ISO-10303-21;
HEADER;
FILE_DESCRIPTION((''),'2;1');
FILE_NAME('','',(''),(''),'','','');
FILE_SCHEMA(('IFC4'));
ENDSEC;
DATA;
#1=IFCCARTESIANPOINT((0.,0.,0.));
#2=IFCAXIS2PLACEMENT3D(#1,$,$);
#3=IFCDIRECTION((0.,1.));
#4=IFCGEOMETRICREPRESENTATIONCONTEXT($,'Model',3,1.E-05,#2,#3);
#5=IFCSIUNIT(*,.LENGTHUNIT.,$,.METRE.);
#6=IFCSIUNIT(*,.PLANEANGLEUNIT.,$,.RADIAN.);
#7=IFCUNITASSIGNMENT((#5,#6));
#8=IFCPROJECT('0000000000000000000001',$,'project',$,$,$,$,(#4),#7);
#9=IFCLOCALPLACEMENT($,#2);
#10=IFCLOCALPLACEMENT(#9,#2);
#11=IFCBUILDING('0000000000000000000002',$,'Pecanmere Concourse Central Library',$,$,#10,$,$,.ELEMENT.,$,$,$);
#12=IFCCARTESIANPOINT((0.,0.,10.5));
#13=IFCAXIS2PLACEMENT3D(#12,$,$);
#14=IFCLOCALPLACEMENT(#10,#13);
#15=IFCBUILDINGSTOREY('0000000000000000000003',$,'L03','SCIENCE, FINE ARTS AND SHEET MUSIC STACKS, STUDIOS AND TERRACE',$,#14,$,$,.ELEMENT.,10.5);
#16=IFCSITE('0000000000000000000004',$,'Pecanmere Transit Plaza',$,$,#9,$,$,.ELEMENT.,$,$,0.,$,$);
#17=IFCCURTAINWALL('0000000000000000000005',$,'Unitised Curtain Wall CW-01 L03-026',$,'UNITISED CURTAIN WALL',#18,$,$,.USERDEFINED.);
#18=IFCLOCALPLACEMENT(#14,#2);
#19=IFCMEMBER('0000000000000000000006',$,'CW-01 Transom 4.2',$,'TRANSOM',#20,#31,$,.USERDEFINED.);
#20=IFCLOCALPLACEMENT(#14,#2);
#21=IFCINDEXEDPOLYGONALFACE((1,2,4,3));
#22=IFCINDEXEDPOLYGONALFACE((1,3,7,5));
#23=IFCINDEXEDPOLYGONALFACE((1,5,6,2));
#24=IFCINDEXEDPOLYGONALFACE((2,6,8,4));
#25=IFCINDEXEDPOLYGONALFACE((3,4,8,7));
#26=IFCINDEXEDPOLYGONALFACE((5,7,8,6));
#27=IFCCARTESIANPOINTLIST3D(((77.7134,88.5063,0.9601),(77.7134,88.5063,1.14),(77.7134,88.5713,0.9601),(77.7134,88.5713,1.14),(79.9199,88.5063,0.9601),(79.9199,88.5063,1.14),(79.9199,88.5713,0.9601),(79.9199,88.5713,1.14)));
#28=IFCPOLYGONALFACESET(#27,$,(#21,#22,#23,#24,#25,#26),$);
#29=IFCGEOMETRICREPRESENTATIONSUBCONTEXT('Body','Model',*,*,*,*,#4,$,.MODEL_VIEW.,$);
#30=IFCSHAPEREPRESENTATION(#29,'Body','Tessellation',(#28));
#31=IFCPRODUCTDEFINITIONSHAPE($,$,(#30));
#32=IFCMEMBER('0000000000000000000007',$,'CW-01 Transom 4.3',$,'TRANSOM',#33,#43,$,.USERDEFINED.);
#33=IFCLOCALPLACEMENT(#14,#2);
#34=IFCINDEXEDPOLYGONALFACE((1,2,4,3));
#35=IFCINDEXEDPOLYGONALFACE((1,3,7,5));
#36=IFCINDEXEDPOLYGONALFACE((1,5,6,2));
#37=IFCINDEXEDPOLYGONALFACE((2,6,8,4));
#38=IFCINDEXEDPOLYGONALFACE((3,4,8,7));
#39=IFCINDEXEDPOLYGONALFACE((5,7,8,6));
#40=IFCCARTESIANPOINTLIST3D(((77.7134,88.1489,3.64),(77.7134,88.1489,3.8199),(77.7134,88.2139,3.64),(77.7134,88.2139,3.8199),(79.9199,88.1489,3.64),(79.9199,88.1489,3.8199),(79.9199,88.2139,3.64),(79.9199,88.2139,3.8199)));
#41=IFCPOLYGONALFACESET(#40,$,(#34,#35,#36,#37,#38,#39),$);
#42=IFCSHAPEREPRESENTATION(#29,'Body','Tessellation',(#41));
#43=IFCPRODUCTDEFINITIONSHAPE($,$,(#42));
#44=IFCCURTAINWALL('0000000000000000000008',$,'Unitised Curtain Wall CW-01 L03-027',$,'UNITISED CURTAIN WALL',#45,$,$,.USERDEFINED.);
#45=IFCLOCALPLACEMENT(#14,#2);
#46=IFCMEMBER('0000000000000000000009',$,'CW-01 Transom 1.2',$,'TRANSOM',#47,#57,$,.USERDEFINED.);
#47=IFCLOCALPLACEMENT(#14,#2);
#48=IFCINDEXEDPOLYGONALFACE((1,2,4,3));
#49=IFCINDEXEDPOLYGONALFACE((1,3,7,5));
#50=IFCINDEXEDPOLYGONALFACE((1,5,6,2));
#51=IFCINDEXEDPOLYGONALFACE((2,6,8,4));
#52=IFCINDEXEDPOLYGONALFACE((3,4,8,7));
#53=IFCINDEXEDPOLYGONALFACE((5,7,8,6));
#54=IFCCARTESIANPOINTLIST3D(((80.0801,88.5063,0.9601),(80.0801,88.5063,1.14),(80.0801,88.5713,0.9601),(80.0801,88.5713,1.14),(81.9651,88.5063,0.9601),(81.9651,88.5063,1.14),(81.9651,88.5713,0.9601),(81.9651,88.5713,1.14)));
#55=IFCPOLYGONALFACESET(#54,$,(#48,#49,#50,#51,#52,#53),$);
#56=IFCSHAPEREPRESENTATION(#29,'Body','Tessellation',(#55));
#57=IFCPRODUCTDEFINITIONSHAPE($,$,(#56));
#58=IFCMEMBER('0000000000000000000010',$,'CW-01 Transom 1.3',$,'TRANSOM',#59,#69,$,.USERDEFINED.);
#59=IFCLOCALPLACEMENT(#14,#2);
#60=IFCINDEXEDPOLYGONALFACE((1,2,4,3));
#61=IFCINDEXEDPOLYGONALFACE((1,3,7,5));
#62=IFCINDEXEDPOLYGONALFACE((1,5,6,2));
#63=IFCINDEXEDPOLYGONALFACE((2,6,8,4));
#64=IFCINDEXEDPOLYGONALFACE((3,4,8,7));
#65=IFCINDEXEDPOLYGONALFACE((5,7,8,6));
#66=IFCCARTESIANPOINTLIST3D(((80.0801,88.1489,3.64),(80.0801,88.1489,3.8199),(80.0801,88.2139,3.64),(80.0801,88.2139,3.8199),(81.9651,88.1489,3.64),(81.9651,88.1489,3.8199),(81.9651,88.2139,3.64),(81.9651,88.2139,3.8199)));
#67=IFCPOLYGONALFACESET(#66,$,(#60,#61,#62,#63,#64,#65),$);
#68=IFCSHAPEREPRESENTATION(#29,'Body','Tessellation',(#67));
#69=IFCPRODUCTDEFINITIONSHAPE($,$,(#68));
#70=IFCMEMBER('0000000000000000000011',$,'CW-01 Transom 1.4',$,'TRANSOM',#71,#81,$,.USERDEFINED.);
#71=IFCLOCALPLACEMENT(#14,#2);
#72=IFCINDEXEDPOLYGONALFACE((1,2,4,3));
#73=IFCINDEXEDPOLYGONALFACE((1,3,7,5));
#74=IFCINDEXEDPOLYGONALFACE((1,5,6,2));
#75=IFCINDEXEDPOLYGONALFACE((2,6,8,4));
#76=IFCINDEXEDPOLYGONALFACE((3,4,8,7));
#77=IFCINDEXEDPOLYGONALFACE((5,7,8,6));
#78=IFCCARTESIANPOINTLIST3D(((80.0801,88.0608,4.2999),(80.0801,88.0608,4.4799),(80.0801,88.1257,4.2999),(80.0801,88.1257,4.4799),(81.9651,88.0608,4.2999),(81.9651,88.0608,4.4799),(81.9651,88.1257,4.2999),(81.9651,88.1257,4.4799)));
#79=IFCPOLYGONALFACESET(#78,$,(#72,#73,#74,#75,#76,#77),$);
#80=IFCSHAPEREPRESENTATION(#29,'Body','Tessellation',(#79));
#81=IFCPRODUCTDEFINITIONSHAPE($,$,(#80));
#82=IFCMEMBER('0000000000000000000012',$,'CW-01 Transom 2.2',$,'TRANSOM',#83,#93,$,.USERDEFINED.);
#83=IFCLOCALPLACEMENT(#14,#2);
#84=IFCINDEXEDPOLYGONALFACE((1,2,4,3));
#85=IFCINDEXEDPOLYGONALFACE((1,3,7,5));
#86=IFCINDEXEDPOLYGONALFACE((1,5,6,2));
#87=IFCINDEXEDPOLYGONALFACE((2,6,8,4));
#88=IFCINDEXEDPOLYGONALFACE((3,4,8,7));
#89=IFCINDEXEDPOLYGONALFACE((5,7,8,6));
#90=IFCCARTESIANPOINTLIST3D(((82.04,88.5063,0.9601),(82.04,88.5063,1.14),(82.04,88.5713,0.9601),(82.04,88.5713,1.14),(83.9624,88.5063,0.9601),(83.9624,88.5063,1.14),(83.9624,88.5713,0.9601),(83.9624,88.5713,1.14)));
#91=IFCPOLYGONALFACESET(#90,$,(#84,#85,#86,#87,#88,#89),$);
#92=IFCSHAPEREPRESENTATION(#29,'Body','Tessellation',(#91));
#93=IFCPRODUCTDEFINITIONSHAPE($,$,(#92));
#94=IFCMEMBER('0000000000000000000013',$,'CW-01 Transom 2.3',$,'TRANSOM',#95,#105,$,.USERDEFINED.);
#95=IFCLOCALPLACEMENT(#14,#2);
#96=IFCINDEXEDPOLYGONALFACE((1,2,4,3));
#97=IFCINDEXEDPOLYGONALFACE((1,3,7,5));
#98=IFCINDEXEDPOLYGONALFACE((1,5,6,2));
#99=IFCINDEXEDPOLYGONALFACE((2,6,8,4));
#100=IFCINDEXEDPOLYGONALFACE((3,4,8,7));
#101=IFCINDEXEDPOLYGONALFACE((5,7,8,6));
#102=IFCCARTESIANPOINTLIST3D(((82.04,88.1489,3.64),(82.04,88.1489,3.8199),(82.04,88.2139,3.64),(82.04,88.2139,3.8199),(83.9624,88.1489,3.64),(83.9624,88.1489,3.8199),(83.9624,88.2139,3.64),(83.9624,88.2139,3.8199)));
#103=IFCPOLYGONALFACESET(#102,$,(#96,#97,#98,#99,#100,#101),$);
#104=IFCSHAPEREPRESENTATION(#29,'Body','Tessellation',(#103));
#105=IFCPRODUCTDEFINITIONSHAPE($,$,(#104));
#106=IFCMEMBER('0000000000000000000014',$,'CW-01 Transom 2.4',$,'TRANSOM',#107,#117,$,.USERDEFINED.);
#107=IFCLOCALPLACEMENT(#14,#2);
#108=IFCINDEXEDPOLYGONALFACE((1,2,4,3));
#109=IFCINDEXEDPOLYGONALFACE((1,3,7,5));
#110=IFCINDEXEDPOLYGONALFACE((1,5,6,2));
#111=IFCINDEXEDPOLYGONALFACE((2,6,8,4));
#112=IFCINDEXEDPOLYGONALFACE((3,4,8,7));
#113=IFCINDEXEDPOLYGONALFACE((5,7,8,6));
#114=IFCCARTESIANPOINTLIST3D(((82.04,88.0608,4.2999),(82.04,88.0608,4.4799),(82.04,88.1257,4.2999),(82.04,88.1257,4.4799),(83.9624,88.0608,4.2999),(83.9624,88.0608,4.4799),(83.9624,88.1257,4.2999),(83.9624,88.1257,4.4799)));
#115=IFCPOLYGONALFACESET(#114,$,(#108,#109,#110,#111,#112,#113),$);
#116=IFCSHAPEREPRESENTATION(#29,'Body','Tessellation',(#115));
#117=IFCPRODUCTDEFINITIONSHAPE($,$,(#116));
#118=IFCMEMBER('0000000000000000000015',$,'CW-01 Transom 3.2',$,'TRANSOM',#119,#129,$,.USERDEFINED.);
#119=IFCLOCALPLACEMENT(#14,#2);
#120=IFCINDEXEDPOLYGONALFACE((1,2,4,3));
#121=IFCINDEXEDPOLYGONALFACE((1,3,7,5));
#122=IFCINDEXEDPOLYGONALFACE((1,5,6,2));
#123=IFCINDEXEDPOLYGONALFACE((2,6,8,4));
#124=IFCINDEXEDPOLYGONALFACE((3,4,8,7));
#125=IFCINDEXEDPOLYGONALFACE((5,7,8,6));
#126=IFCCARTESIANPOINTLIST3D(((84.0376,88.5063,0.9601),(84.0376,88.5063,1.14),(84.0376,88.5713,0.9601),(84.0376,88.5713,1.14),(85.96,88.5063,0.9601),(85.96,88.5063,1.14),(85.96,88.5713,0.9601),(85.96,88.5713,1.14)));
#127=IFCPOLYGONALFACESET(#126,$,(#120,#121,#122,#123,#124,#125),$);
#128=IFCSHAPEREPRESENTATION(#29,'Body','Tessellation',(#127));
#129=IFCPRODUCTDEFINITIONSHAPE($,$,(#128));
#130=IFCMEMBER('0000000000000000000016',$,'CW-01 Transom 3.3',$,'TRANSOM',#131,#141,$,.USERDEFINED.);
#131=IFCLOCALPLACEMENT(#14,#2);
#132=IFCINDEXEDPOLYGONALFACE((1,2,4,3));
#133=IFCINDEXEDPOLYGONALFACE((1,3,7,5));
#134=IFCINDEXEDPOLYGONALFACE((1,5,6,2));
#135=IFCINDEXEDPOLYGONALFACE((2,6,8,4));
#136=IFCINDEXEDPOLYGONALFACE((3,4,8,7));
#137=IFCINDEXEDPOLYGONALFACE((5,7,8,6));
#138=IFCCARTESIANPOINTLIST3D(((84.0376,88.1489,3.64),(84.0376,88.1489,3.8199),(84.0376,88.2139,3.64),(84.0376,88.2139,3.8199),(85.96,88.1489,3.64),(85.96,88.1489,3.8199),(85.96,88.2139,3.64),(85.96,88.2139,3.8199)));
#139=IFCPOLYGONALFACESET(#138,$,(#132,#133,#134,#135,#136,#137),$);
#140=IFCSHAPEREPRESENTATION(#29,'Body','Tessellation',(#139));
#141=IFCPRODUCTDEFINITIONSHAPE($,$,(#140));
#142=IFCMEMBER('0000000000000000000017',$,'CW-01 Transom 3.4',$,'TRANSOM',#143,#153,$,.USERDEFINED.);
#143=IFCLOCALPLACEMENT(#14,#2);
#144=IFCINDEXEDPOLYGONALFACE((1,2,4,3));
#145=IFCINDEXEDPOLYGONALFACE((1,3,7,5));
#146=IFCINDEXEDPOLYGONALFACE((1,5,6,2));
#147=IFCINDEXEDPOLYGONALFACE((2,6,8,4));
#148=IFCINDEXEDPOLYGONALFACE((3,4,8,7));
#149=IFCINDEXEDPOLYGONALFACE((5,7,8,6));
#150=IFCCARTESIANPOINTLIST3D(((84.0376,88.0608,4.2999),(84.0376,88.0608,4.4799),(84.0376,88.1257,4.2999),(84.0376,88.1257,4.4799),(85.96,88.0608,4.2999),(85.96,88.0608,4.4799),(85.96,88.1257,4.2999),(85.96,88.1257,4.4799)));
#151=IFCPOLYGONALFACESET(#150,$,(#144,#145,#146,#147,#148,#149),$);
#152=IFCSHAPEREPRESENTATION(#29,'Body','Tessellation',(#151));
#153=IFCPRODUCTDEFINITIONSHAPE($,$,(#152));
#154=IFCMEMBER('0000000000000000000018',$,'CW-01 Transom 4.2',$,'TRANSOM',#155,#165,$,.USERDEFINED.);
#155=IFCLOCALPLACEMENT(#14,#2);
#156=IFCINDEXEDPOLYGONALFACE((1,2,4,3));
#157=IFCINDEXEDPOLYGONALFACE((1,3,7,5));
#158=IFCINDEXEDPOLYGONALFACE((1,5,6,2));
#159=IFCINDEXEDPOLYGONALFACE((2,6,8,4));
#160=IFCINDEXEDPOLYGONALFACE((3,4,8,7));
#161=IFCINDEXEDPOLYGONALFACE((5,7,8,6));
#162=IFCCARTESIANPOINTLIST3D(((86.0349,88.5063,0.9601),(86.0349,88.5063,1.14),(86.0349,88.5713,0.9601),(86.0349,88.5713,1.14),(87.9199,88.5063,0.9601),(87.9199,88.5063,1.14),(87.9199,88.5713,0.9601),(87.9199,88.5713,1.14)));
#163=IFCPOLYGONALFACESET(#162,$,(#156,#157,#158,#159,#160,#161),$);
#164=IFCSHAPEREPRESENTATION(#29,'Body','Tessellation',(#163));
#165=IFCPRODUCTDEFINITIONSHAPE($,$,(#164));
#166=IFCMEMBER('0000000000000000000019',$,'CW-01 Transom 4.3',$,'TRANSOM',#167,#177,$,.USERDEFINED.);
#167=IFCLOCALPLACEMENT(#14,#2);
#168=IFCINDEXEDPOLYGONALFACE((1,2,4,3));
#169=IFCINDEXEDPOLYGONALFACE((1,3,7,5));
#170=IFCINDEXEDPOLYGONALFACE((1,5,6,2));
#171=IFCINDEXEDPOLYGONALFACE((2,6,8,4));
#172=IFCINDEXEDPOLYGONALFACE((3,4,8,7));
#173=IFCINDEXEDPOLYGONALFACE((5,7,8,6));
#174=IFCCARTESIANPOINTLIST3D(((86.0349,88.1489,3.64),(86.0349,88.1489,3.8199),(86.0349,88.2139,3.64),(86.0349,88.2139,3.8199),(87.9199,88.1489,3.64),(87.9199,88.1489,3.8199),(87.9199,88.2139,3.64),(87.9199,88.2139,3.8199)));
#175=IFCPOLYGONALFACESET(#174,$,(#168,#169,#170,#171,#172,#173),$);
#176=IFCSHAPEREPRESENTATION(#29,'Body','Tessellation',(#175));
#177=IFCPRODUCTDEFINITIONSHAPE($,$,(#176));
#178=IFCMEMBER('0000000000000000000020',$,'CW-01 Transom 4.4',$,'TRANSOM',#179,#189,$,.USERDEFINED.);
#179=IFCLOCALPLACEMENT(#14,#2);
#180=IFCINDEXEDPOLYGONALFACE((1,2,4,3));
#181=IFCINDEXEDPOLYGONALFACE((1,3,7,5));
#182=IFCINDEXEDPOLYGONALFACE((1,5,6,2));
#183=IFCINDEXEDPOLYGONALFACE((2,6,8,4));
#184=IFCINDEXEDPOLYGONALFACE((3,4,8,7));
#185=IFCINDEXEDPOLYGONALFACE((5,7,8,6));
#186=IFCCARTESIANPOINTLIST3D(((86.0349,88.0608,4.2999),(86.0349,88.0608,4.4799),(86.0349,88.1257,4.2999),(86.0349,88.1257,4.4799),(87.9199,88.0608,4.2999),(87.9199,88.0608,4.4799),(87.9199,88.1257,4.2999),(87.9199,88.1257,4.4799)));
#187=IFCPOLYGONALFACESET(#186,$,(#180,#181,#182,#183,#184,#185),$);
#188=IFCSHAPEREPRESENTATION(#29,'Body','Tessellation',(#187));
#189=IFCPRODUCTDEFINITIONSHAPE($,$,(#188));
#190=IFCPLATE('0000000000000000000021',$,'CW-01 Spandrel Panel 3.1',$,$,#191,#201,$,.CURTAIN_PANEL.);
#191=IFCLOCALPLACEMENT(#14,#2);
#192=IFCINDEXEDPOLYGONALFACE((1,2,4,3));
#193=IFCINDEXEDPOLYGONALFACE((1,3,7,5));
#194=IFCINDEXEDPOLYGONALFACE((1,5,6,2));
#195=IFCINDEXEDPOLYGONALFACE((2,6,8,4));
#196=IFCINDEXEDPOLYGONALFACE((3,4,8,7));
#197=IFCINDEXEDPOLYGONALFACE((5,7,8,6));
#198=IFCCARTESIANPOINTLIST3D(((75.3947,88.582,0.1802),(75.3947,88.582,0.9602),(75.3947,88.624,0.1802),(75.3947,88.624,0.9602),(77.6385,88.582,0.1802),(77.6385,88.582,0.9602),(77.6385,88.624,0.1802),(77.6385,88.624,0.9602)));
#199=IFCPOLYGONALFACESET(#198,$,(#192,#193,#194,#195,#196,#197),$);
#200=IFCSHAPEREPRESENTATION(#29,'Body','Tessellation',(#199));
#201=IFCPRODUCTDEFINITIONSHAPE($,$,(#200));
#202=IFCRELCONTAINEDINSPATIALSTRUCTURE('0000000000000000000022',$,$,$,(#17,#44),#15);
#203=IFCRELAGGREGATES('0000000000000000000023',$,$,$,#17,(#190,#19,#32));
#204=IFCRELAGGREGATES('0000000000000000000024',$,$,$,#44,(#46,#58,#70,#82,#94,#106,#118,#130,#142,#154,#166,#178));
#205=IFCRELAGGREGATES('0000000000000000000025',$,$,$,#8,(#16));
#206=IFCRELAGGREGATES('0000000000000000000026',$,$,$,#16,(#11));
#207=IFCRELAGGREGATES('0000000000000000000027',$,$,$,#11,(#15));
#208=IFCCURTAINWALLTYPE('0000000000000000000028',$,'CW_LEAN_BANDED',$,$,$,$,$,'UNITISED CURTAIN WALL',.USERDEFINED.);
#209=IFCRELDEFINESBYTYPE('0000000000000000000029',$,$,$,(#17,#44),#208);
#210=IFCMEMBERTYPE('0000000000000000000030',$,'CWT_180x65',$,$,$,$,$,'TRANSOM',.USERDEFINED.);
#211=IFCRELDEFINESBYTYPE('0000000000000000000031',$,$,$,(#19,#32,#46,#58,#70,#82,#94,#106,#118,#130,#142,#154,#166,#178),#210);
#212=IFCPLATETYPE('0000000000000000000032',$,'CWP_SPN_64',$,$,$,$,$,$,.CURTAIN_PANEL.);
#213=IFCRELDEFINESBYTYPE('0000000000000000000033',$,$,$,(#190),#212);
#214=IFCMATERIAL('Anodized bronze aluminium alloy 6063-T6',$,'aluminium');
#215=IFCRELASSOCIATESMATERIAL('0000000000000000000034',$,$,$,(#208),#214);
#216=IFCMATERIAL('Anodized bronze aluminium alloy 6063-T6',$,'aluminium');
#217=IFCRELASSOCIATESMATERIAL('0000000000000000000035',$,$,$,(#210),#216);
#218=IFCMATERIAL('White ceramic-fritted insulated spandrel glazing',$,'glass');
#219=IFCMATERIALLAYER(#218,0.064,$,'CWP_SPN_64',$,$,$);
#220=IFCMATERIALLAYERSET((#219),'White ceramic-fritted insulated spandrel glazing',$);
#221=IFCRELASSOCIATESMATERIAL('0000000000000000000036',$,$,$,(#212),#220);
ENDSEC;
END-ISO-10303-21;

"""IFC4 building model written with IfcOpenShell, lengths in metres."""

from ifc_helpers import new_model, si_unit, direction, frame, origin, origin_2d, place, context, subcontext, project, spatial, rectangle, extrude, material, layer, layer_set, material_profile, profile_set, type_object, element, aggregate, save


model = new_model("IFC4")

# Units and contexts
model_context = context("Model", 3, precision=1e-05, world=origin(), true_north=direction((0.0, 1.0)))
body_context = subcontext(model_context, "Body", "Model", "MODEL_VIEW")
ifc_project = project(units=[si_unit("LENGTHUNIT", "METRE"), si_unit("PLANEANGLEUNIT", "RADIAN")], contexts=[model_context])

# Site, building, storey
site_placement = place(None, origin())
site = spatial("IfcSite", under=ifc_project, at=site_placement, Name="Pecanmere Transit Plaza", CompositionType="ELEMENT", RefElevation=0.0)
building_placement = place(site_placement, origin())
building = spatial("IfcBuilding", under=site, at=building_placement, Name="Pecanmere Concourse Central Library", CompositionType="ELEMENT")
storey_placement = place(building_placement, frame((0.0, 0.0, 10.5)))
storey = spatial("IfcBuildingStorey", under=building, at=storey_placement, Name="L03", Description="SCIENCE, FINE ARTS AND SHEET MUSIC STACKS, STUDIOS AND TERRACE", CompositionType="ELEMENT", Elevation=10.5)

# Curtain walls, members
ifc_material_1 = material(Name="Anodized bronze aluminium alloy 6063-T6", Category="aluminium")
curtain_wall_type = type_object("IfcCurtainWallType", Name="CW_LEAN_BANDED", ElementType="UNITISED CURTAIN WALL", PredefinedType="USERDEFINED", material=ifc_material_1)
curtain_wall_1_placement = place(storey_placement, origin())
curtain_wall_1 = element("IfcCurtainWall", 1, at=curtain_wall_1_placement, inside=storey, type_object=curtain_wall_type, Name="Unitised Curtain Wall CW-01 L03-026", ObjectType="UNITISED CURTAIN WALL", PredefinedType="USERDEFINED")
ifc_material_2 = material(Name="Anodized bronze aluminium alloy 6063-T6", Category="aluminium")
ifc_material_profile = material_profile(ifc_material_2, rectangle(XDim=0.0649, YDim=0.1799, at=origin_2d()), Name="AL 65x180")
ifc_profile_set = profile_set([ifc_material_profile], Name="Anodized bronze aluminium alloy 6063-T6")
member_type = type_object("IfcMemberType", Name="CWT_180x65", ElementType="TRANSOM", PredefinedType="USERDEFINED", material=ifc_profile_set)
member_1_placement = place(storey_placement, frame((77.7134, 88.5388, 1.05), z_axis=(1.0, 0.0, 0.0), x_axis=(0.0, 1.0, 0.0)))
member_1 = element("IfcMember", 2, at=member_1_placement, type_object=member_type, Name="CW-01 Transom 4.2", ObjectType="TRANSOM", PredefinedType="USERDEFINED", context=body_context, shape_type="SweptSolid", body=[
    extrude(rectangle(XDim=0.0649, YDim=0.1799, at=origin_2d()), origin(), (0.0, 0.0, 1.0), 2.2065),
])
member_2_placement = place(storey_placement, frame((77.7134, 88.1814, 3.73), z_axis=(1.0, 0.0, 0.0), x_axis=(0.0, 1.0, 0.0)))
member_2 = element("IfcMember", 3, at=member_2_placement, type_object=member_type, Name="CW-01 Transom 4.3", ObjectType="TRANSOM", PredefinedType="USERDEFINED", context=body_context, shape_type="SweptSolid", body=[
    extrude(rectangle(XDim=0.0649, YDim=0.1799, at=origin_2d()), origin(), (0.0, 0.0, 1.0), 2.2065),
])
curtain_wall_2_placement = place(storey_placement, origin())
curtain_wall_2 = element("IfcCurtainWall", 4, at=curtain_wall_2_placement, inside=storey, type_object=curtain_wall_type, Name="Unitised Curtain Wall CW-01 L03-027", ObjectType="UNITISED CURTAIN WALL", PredefinedType="USERDEFINED")
member_3_placement = place(storey_placement, frame((80.0801, 88.5388, 1.05), z_axis=(1.0, 0.0, 0.0), x_axis=(0.0, 1.0, 0.0)))
member_3 = element("IfcMember", 5, at=member_3_placement, type_object=member_type, Name="CW-01 Transom 1.2", ObjectType="TRANSOM", PredefinedType="USERDEFINED", context=body_context, shape_type="SweptSolid", body=[
    extrude(rectangle(XDim=0.0649, YDim=0.1799, at=origin_2d()), origin(), (0.0, 0.0, 1.0), 1.885),
])
member_4_placement = place(storey_placement, frame((80.0801, 88.1814, 3.73), z_axis=(1.0, 0.0, 0.0), x_axis=(0.0, 1.0, 0.0)))
member_4 = element("IfcMember", 6, at=member_4_placement, type_object=member_type, Name="CW-01 Transom 1.3", ObjectType="TRANSOM", PredefinedType="USERDEFINED", context=body_context, shape_type="SweptSolid", body=[
    extrude(rectangle(XDim=0.0649, YDim=0.1799, at=origin_2d()), origin(), (0.0, 0.0, 1.0), 1.885),
])
member_5_placement = place(storey_placement, frame((80.0801, 88.0933, 4.3899), z_axis=(1.0, 0.0, 0.0), x_axis=(0.0, 1.0, 0.0)))
member_5 = element("IfcMember", 7, at=member_5_placement, type_object=member_type, Name="CW-01 Transom 1.4", ObjectType="TRANSOM", PredefinedType="USERDEFINED", context=body_context, shape_type="SweptSolid", body=[
    extrude(rectangle(XDim=0.0649, YDim=0.1799, at=origin_2d()), origin(), (0.0, 0.0, 1.0), 1.885),
])
member_6_placement = place(storey_placement, frame((82.04, 88.5388, 1.05), z_axis=(1.0, 0.0, 0.0), x_axis=(0.0, 1.0, 0.0)))
member_6 = element("IfcMember", 8, at=member_6_placement, type_object=member_type, Name="CW-01 Transom 2.2", ObjectType="TRANSOM", PredefinedType="USERDEFINED", context=body_context, shape_type="SweptSolid", body=[
    extrude(rectangle(XDim=0.0649, YDim=0.1799, at=origin_2d()), origin(), (0.0, 0.0, 1.0), 1.9224),
])
member_7_placement = place(storey_placement, frame((82.04, 88.1814, 3.73), z_axis=(1.0, 0.0, 0.0), x_axis=(0.0, 1.0, 0.0)))
member_7 = element("IfcMember", 9, at=member_7_placement, type_object=member_type, Name="CW-01 Transom 2.3", ObjectType="TRANSOM", PredefinedType="USERDEFINED", context=body_context, shape_type="SweptSolid", body=[
    extrude(rectangle(XDim=0.0649, YDim=0.1799, at=origin_2d()), origin(), (0.0, 0.0, 1.0), 1.9224),
])
member_8_placement = place(storey_placement, frame((82.04, 88.0933, 4.3899), z_axis=(1.0, 0.0, 0.0), x_axis=(0.0, 1.0, 0.0)))
member_8 = element("IfcMember", 10, at=member_8_placement, type_object=member_type, Name="CW-01 Transom 2.4", ObjectType="TRANSOM", PredefinedType="USERDEFINED", context=body_context, shape_type="SweptSolid", body=[
    extrude(rectangle(XDim=0.0649, YDim=0.1799, at=origin_2d()), origin(), (0.0, 0.0, 1.0), 1.9224),
])
member_9_placement = place(storey_placement, frame((84.0376, 88.5388, 1.05), z_axis=(1.0, 0.0, 0.0), x_axis=(0.0, 1.0, 0.0)))
member_9 = element("IfcMember", 11, at=member_9_placement, type_object=member_type, Name="CW-01 Transom 3.2", ObjectType="TRANSOM", PredefinedType="USERDEFINED", context=body_context, shape_type="SweptSolid", body=[
    extrude(rectangle(XDim=0.0649, YDim=0.1799, at=origin_2d()), origin(), (0.0, 0.0, 1.0), 1.9224),
])
member_10_placement = place(storey_placement, frame((84.0376, 88.1814, 3.73), z_axis=(1.0, 0.0, 0.0), x_axis=(0.0, 1.0, 0.0)))
member_10 = element("IfcMember", 12, at=member_10_placement, type_object=member_type, Name="CW-01 Transom 3.3", ObjectType="TRANSOM", PredefinedType="USERDEFINED", context=body_context, shape_type="SweptSolid", body=[
    extrude(rectangle(XDim=0.0649, YDim=0.1799, at=origin_2d()), origin(), (0.0, 0.0, 1.0), 1.9224),
])
member_11_placement = place(storey_placement, frame((84.0376, 88.0933, 4.3899), z_axis=(1.0, 0.0, 0.0), x_axis=(0.0, 1.0, 0.0)))
member_11 = element("IfcMember", 13, at=member_11_placement, type_object=member_type, Name="CW-01 Transom 3.4", ObjectType="TRANSOM", PredefinedType="USERDEFINED", context=body_context, shape_type="SweptSolid", body=[
    extrude(rectangle(XDim=0.0649, YDim=0.1799, at=origin_2d()), origin(), (0.0, 0.0, 1.0), 1.9224),
])
member_12_placement = place(storey_placement, frame((86.0349, 88.5388, 1.05), z_axis=(1.0, 0.0, 0.0), x_axis=(0.0, 1.0, 0.0)))
member_12 = element("IfcMember", 14, at=member_12_placement, type_object=member_type, Name="CW-01 Transom 4.2", ObjectType="TRANSOM", PredefinedType="USERDEFINED", context=body_context, shape_type="SweptSolid", body=[
    extrude(rectangle(XDim=0.0649, YDim=0.1799, at=origin_2d()), origin(), (0.0, 0.0, 1.0), 1.885),
])
member_13_placement = place(storey_placement, frame((86.0349, 88.1814, 3.73), z_axis=(1.0, 0.0, 0.0), x_axis=(0.0, 1.0, 0.0)))
member_13 = element("IfcMember", 15, at=member_13_placement, type_object=member_type, Name="CW-01 Transom 4.3", ObjectType="TRANSOM", PredefinedType="USERDEFINED", context=body_context, shape_type="SweptSolid", body=[
    extrude(rectangle(XDim=0.0649, YDim=0.1799, at=origin_2d()), origin(), (0.0, 0.0, 1.0), 1.885),
])
member_14_placement = place(storey_placement, frame((86.0349, 88.0933, 4.3899), z_axis=(1.0, 0.0, 0.0), x_axis=(0.0, 1.0, 0.0)))
member_14 = element("IfcMember", 16, at=member_14_placement, type_object=member_type, Name="CW-01 Transom 4.4", ObjectType="TRANSOM", PredefinedType="USERDEFINED", context=body_context, shape_type="SweptSolid", body=[
    extrude(rectangle(XDim=0.0649, YDim=0.1799, at=origin_2d()), origin(), (0.0, 0.0, 1.0), 1.885),
])

# Plate
ifc_material_3 = material(Name="White ceramic-fritted insulated spandrel glazing", Category="glass")
ifc_layer_1 = layer(ifc_material_3, 0.064, Name="CWP_SPN_64")
ifc_layer_set_1 = layer_set([ifc_layer_1], Name="White ceramic-fritted insulated spandrel glazing")
plate_type_1 = type_object("IfcPlateType", Name="CWP_SPN_64", PredefinedType="CURTAIN_PANEL", material=ifc_layer_set_1)
plate_1_placement = place(storey_placement, frame((76.5166, 88.603, 0.1802), z_axis=(0.0, 0.0, 1.0), x_axis=(1.0, 0.0, 0.0)))
plate_1 = element("IfcPlate", 17, at=plate_1_placement, type_object=plate_type_1, Name="CW-01 Spandrel Panel 3.1", PredefinedType="CURTAIN_PANEL", context=body_context, shape_type="SweptSolid", body=[
    extrude(rectangle(XDim=2.2439, YDim=0.042, at=origin_2d()), origin(), (0.0, 0.0, 1.0), 0.78),
])
aggregate(curtain_wall_1, [plate_1, member_1, member_2])
aggregate(curtain_wall_2, [member_3, member_4, member_5, member_6, member_7, member_8, member_9, member_10, member_11, member_12, member_13, member_14])

save(model, "model.ifc")
